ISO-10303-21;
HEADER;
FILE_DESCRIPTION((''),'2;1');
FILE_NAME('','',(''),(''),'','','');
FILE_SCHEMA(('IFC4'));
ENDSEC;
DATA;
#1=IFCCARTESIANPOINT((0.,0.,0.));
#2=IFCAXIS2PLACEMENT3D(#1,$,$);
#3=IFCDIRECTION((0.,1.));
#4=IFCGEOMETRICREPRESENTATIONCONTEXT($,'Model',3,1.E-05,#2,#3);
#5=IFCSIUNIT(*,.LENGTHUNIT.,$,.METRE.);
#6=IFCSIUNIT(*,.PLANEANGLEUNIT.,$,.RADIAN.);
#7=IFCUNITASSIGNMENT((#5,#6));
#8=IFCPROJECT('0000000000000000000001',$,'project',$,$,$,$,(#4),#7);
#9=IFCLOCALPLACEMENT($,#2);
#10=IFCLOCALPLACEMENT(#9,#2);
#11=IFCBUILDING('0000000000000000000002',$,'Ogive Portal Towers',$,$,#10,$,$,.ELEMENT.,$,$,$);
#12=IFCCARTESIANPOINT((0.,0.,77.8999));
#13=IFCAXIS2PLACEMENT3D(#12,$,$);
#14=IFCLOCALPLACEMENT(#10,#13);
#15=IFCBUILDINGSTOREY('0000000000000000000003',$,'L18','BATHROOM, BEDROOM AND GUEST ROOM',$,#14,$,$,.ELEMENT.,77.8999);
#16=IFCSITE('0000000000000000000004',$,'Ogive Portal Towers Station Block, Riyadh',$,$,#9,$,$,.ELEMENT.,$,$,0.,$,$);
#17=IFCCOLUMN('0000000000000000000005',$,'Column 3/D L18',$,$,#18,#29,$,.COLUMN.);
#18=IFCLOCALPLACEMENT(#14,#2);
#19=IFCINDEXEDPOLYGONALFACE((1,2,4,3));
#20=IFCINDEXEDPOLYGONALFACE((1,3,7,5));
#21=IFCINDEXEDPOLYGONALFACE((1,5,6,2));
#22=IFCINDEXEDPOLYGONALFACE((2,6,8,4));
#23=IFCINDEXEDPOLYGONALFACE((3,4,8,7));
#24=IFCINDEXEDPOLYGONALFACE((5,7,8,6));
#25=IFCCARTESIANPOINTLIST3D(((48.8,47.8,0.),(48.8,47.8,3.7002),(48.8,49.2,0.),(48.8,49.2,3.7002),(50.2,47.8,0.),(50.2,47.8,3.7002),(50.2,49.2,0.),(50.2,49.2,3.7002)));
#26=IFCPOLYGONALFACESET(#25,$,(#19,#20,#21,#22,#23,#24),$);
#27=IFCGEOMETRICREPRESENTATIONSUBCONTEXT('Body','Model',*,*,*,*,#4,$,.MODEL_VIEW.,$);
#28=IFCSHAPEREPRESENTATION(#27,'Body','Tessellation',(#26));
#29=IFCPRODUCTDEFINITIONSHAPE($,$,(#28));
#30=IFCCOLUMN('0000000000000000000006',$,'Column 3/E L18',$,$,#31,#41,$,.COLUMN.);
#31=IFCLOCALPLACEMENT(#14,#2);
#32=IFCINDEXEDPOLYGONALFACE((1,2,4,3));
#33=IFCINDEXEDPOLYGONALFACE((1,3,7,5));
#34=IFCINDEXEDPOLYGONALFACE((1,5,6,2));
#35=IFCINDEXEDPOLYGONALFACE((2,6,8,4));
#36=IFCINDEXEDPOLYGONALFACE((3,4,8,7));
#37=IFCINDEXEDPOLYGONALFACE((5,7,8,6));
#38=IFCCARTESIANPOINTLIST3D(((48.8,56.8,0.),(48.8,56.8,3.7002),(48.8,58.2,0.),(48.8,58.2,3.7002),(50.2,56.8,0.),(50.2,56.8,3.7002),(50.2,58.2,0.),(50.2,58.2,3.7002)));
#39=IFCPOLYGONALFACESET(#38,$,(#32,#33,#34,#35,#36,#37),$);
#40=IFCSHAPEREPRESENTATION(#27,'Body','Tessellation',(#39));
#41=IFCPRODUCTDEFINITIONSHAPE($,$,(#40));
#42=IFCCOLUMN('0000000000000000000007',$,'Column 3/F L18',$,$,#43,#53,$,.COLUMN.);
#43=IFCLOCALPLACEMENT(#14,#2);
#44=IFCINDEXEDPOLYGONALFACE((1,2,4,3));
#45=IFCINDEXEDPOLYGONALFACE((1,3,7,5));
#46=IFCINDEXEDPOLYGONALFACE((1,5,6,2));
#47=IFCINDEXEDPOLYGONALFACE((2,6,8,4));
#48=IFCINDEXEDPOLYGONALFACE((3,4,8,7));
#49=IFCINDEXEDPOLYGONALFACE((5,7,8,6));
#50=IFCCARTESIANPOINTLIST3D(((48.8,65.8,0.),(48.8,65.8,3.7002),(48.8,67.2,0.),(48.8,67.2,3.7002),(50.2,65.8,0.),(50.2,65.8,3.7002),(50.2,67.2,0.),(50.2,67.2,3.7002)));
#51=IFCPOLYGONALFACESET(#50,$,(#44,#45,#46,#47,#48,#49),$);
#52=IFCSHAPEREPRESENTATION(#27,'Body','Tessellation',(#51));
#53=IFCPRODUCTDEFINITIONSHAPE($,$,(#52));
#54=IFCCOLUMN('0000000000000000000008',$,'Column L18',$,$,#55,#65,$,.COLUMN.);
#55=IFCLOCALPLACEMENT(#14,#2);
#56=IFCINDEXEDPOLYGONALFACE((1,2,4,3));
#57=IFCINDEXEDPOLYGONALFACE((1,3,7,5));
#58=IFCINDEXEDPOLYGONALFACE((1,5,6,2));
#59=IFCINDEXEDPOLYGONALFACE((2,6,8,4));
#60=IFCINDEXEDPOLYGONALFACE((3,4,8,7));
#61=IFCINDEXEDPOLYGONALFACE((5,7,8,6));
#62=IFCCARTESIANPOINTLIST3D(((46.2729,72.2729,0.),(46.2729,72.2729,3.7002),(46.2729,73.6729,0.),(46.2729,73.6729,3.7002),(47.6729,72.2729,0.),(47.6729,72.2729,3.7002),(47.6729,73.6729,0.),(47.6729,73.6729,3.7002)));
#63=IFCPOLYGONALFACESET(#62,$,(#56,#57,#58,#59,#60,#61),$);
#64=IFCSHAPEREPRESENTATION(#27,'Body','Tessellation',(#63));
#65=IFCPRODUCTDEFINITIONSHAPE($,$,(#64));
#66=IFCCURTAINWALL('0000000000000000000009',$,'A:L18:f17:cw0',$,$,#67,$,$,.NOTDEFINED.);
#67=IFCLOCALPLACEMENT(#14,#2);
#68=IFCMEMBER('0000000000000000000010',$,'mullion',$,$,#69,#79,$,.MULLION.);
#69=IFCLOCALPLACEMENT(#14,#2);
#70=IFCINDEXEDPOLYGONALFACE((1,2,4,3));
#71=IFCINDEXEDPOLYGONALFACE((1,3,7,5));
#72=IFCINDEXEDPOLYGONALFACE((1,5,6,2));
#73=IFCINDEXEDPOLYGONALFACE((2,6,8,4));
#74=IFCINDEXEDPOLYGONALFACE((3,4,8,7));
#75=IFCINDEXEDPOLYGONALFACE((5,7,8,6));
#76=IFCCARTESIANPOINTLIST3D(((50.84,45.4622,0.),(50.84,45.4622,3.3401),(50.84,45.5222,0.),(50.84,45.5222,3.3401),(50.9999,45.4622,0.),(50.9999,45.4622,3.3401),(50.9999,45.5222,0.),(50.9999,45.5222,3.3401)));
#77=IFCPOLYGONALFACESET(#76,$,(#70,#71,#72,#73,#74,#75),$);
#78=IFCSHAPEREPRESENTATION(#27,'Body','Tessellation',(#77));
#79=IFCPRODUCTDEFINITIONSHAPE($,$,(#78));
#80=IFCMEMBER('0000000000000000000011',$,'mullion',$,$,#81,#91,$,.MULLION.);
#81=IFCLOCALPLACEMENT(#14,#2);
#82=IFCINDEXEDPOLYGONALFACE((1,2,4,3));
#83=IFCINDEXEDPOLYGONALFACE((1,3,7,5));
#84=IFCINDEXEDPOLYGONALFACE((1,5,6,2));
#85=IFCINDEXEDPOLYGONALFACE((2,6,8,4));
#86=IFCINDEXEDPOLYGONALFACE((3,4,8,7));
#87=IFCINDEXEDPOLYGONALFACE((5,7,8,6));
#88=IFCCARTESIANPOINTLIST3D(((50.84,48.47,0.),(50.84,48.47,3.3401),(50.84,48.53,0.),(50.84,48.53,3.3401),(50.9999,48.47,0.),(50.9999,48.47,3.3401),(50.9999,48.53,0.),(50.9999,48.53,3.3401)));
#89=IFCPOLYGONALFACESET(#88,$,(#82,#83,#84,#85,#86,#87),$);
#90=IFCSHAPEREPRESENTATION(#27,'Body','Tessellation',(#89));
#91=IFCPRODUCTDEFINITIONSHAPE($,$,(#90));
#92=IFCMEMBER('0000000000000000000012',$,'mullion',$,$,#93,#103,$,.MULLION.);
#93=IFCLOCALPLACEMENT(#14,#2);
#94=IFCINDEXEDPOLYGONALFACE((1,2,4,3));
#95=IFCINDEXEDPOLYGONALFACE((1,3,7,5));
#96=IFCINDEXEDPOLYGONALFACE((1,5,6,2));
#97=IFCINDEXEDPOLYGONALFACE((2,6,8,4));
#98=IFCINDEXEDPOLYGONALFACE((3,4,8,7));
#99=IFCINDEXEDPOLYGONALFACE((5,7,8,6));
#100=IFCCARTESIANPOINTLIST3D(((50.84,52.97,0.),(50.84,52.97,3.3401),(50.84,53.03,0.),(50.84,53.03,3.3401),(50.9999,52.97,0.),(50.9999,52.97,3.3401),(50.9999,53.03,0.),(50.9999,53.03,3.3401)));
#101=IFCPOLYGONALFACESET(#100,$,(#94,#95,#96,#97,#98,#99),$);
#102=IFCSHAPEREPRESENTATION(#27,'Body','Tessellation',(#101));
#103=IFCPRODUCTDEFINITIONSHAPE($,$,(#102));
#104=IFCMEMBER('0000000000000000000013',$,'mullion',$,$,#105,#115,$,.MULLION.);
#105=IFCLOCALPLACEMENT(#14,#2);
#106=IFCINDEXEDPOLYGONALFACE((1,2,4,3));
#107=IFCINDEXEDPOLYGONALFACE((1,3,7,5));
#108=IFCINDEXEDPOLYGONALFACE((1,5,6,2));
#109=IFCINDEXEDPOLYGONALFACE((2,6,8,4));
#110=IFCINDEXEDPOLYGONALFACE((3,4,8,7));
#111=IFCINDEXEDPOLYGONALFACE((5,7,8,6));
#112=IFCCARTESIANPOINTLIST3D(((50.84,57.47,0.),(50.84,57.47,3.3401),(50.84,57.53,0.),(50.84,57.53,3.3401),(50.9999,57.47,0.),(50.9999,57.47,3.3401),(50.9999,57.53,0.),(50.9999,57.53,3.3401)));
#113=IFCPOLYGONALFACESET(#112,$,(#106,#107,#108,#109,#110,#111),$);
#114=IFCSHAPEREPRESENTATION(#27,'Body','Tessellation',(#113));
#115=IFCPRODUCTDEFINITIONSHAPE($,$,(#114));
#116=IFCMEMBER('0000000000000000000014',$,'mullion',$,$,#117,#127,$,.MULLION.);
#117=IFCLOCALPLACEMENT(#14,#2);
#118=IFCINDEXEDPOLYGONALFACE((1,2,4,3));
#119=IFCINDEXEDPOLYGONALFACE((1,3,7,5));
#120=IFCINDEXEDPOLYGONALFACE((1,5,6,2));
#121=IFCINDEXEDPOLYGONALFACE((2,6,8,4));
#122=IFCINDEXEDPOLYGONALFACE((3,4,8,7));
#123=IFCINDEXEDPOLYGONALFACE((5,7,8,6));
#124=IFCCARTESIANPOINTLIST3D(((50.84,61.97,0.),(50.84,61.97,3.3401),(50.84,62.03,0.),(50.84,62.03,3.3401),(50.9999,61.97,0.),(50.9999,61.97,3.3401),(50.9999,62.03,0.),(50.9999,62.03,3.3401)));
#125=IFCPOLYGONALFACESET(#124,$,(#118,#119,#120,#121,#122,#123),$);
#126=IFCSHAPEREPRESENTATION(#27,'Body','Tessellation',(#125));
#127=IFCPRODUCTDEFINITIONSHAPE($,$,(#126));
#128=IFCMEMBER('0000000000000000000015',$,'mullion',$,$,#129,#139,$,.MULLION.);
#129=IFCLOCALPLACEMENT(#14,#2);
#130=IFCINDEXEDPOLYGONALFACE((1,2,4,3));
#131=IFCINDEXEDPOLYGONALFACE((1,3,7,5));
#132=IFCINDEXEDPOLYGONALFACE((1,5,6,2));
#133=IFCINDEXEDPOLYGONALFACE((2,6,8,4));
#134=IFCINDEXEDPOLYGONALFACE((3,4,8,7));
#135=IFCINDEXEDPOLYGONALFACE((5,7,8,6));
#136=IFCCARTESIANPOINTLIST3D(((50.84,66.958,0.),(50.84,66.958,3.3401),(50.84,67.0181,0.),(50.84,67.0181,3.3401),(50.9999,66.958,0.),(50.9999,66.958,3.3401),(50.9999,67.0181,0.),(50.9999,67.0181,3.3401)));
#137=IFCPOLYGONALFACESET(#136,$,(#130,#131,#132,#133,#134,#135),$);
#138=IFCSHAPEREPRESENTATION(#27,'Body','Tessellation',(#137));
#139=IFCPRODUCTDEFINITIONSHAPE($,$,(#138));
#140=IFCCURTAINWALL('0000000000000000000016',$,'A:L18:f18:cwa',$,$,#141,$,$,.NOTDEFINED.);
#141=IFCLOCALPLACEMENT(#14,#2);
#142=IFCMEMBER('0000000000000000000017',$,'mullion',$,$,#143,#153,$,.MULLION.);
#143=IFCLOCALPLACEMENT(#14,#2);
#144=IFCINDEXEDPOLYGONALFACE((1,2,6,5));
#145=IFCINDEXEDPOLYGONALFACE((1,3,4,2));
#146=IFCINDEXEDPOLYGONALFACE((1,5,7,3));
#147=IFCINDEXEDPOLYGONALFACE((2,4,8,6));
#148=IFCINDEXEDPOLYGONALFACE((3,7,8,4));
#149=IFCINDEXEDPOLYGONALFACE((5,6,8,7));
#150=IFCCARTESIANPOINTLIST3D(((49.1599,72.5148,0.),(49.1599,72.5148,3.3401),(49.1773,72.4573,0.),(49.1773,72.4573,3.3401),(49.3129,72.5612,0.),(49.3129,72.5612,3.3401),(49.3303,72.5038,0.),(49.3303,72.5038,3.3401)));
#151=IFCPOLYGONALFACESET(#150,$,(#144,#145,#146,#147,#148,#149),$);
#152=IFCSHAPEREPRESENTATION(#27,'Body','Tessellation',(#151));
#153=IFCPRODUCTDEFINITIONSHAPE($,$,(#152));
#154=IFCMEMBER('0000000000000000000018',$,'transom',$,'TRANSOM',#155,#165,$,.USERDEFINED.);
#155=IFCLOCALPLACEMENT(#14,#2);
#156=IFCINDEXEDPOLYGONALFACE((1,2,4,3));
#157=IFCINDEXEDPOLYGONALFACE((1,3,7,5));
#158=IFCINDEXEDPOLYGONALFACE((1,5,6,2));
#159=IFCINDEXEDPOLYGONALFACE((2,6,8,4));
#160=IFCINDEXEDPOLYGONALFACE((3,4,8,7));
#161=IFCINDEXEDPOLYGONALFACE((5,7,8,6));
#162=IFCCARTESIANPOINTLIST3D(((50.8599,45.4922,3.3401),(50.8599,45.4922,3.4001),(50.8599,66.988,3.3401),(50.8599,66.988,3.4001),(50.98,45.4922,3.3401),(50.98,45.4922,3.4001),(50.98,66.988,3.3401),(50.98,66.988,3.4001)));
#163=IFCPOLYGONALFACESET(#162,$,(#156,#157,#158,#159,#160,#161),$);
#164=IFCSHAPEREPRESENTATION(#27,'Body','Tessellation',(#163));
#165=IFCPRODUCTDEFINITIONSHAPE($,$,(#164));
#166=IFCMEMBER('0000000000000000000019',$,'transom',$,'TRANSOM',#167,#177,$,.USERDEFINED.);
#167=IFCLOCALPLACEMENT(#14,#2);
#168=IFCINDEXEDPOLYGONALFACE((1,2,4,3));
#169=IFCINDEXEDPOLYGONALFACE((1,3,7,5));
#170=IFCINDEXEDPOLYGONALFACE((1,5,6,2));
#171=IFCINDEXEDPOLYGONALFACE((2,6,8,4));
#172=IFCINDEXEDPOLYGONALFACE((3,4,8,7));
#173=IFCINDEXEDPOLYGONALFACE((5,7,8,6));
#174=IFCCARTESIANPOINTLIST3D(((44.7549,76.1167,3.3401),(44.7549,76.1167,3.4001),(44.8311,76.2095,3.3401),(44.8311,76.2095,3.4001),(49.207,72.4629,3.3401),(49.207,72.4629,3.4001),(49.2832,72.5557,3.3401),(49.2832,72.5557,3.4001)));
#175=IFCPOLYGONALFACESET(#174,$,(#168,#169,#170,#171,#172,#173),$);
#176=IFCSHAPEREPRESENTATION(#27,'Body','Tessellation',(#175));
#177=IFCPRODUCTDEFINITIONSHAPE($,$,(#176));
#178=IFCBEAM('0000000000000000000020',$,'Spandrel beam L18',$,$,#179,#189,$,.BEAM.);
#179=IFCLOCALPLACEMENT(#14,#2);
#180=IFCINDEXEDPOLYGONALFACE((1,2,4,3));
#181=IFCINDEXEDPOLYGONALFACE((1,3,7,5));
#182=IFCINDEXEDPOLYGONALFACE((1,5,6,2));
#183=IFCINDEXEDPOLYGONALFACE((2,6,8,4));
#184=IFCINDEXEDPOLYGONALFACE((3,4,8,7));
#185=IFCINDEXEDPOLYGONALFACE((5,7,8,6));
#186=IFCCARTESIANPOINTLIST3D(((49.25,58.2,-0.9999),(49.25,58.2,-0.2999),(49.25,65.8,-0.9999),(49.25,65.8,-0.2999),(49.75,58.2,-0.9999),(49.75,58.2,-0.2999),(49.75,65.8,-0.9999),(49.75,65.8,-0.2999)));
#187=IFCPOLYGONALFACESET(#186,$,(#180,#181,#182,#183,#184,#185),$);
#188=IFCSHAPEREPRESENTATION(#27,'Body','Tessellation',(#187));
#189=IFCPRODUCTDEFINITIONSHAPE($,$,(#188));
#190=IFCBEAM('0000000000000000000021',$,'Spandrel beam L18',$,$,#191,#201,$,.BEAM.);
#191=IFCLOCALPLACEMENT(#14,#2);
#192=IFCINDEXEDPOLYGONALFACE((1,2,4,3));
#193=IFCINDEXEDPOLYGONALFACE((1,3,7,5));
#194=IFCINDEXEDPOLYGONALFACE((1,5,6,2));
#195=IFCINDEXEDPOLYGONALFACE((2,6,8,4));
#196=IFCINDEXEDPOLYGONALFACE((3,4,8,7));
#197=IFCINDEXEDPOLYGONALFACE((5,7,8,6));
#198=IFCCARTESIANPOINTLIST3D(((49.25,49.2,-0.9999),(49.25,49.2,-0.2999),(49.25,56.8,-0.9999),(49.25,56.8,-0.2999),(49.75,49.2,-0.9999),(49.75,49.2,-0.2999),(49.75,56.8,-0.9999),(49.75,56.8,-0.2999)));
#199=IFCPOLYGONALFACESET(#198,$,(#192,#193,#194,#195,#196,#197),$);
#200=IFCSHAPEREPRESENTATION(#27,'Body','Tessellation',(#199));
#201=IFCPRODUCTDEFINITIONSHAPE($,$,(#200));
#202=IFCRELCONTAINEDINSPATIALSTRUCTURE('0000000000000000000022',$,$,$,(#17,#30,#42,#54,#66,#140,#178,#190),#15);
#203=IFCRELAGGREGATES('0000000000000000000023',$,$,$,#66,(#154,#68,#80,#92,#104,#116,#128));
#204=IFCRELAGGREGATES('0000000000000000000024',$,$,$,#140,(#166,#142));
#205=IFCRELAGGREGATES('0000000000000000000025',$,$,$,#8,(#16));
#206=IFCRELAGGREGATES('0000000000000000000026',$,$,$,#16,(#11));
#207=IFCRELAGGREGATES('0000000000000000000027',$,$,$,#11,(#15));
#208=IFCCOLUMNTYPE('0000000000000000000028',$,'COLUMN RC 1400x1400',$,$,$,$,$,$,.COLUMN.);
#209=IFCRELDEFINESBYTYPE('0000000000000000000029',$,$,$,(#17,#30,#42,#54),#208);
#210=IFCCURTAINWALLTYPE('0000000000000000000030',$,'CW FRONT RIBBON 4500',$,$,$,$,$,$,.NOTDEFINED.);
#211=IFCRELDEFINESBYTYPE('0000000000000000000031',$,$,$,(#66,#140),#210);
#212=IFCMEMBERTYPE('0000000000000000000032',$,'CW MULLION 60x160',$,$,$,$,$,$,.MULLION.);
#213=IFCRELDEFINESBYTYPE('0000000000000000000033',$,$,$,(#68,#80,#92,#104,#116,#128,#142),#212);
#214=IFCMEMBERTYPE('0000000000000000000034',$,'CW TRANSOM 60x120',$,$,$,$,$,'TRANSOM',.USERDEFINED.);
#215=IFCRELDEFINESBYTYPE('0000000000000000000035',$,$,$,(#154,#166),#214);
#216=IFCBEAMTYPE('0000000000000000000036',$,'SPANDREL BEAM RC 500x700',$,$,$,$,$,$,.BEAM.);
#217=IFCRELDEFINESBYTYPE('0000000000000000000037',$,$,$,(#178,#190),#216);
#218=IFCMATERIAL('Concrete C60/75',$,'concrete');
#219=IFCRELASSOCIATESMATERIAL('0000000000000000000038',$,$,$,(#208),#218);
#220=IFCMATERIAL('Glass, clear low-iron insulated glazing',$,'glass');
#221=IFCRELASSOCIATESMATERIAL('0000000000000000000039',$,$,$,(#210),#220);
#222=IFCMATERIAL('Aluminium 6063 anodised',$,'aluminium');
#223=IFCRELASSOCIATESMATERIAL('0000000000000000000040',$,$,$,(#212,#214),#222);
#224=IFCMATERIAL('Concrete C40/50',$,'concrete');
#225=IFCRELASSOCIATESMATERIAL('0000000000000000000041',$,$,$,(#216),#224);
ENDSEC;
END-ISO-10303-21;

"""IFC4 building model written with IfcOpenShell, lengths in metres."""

from ifc_helpers import new_model, si_unit, direction, frame, origin, origin_2d, place, context, subcontext, project, spatial, rectangle, extrude, material, material_profile, profile_set, type_object, element, aggregate, save


model = new_model("IFC4")

# Units and contexts
model_context = context("Model", 3, precision=1e-05, world=origin(), true_north=direction((0.0, 1.0)))
body_context = subcontext(model_context, "Body", "Model", "MODEL_VIEW")
ifc_project = project(units=[si_unit("LENGTHUNIT", "METRE"), si_unit("PLANEANGLEUNIT", "RADIAN")], contexts=[model_context])

# Site, building, storey
site_placement = place(None, origin())
site = spatial("IfcSite", under=ifc_project, at=site_placement, Name="Ogive Portal Towers Station Block, Riyadh", CompositionType="ELEMENT", RefElevation=0.0)
building_placement = place(site_placement, origin())
building = spatial("IfcBuilding", under=site, at=building_placement, Name="Ogive Portal Towers", CompositionType="ELEMENT")
storey_placement = place(building_placement, frame((0.0, 0.0, 77.8999)))
storey = spatial("IfcBuildingStorey", under=building, at=storey_placement, Name="L18", Description="BATHROOM, BEDROOM AND GUEST ROOM", CompositionType="ELEMENT", Elevation=77.8999)

# Columns
ifc_material_1 = material(Name="Concrete C60/75", Category="concrete")
ifc_material_profile_1 = material_profile(ifc_material_1, rectangle(XDim=1.3999, YDim=1.3999, at=origin_2d()), Name="RC 1400x1400")
ifc_profile_set_1 = profile_set([ifc_material_profile_1], Name="Concrete C60/75")
column_type = type_object("IfcColumnType", Name="COLUMN RC 1400x1400", PredefinedType="COLUMN", material=ifc_profile_set_1)
for number, where, z_axis, x_axis, name in (
    (1, (49.5, 48.5, 0.0), (0.0, 0.0, 1.0), (1.0, 0.0, 0.0), "Column 3/D L18"),
    (2, (49.5, 57.5, 0.0), (0.0, 0.0, 1.0), (1.0, 0.0, 0.0), "Column 3/E L18"),
    (3, (49.5, 66.5, 0.0), (0.0, 0.0, 1.0), (1.0, 0.0, 0.0), "Column 3/F L18"),
    (4, (46.9729, 72.9729, 0.0), (0.0, 0.0, 1.0), (1.0, 0.0, 0.0), "Column L18"),
):
    element("IfcColumn", number, at=place(storey_placement, frame(where, z_axis=z_axis, x_axis=x_axis)), inside=storey, type_object=column_type, Name=name, PredefinedType="COLUMN", context=body_context, shape_type="SweptSolid", body=[
        extrude(rectangle(XDim=1.3999, YDim=1.3999, at=origin_2d()), origin(), (0.0, 0.0, 1.0), 3.7002),
    ])

# Curtain wall, members
ifc_material_2 = material(Name="Glass, clear low-iron insulated glazing", Category="glass")
curtain_wall_type = type_object("IfcCurtainWallType", Name="CW FRONT RIBBON 4500", PredefinedType="NOTDEFINED", material=ifc_material_2)
curtain_wall_1_placement = place(storey_placement, origin())
curtain_wall_1 = element("IfcCurtainWall", 5, at=curtain_wall_1_placement, inside=storey, type_object=curtain_wall_type, Name="A:L18:f17:cw0", PredefinedType="NOTDEFINED")
ifc_material_3 = material(Name="Aluminium 6063 anodised", Category="aluminium")
ifc_material_profile_2 = material_profile(ifc_material_3, rectangle(XDim=0.1599, YDim=0.0601, at=origin_2d()), Name="AL 60x160")
ifc_profile_set_2 = profile_set([ifc_material_profile_2], Name="Aluminium 6063 anodised")
member_type_1 = type_object("IfcMemberType", Name="CW MULLION 60x160", PredefinedType="MULLION", material=ifc_profile_set_2)
member_1_placement = place(storey_placement, frame((50.9199, 45.4922, 0.0), z_axis=(0.0, 0.0, 1.0), x_axis=(-1.0, 0.0, 0.0)))
member_1 = element("IfcMember", 6, at=member_1_placement, type_object=member_type_1, Name="mullion", PredefinedType="MULLION", context=body_context, shape_type="SweptSolid", body=[
    extrude(rectangle(XDim=0.1599, YDim=0.0601, at=origin_2d()), origin(), (0.0, 0.0, 1.0), 3.3401),
])
member_2_placement = place(storey_placement, frame((50.9199, 48.5, 0.0), z_axis=(0.0, 0.0, 1.0), x_axis=(-1.0, 0.0, 0.0)))
member_2 = element("IfcMember", 7, at=member_2_placement, type_object=member_type_1, Name="mullion", PredefinedType="MULLION", context=body_context, shape_type="SweptSolid", body=[
    extrude(rectangle(XDim=0.1599, YDim=0.0601, at=origin_2d()), origin(), (0.0, 0.0, 1.0), 3.3401),
])
member_3_placement = place(storey_placement, frame((50.9199, 53.0, 0.0), z_axis=(0.0, 0.0, 1.0), x_axis=(-1.0, 0.0, 0.0)))
member_3 = element("IfcMember", 8, at=member_3_placement, type_object=member_type_1, Name="mullion", PredefinedType="MULLION", context=body_context, shape_type="SweptSolid", body=[
    extrude(rectangle(XDim=0.1599, YDim=0.0601, at=origin_2d()), origin(), (0.0, 0.0, 1.0), 3.3401),
])
member_4_placement = place(storey_placement, frame((50.9199, 57.5, 0.0), z_axis=(0.0, 0.0, 1.0), x_axis=(-1.0, 0.0, 0.0)))
member_4 = element("IfcMember", 9, at=member_4_placement, type_object=member_type_1, Name="mullion", PredefinedType="MULLION", context=body_context, shape_type="SweptSolid", body=[
    extrude(rectangle(XDim=0.1599, YDim=0.0601, at=origin_2d()), origin(), (0.0, 0.0, 1.0), 3.3401),
])
member_5_placement = place(storey_placement, frame((50.9199, 62.0, 0.0), z_axis=(0.0, 0.0, 1.0), x_axis=(-1.0, 0.0, 0.0)))
member_5 = element("IfcMember", 10, at=member_5_placement, type_object=member_type_1, Name="mullion", PredefinedType="MULLION", context=body_context, shape_type="SweptSolid", body=[
    extrude(rectangle(XDim=0.1599, YDim=0.0601, at=origin_2d()), origin(), (0.0, 0.0, 1.0), 3.3401),
])
member_6_placement = place(storey_placement, frame((50.9199, 66.988, 0.0), z_axis=(0.0, 0.0, 1.0), x_axis=(-1.0, 0.0, 0.0)))
member_6 = element("IfcMember", 11, at=member_6_placement, type_object=member_type_1, Name="mullion", PredefinedType="MULLION", context=body_context, shape_type="SweptSolid", body=[
    extrude(rectangle(XDim=0.1599, YDim=0.0601, at=origin_2d()), origin(), (0.0, 0.0, 1.0), 3.3401),
])

# Curtain wall, member
curtain_wall_2_placement = place(storey_placement, origin())
curtain_wall_2 = element("IfcCurtainWall", 12, at=curtain_wall_2_placement, inside=storey, type_object=curtain_wall_type, Name="A:L18:f18:cwa", PredefinedType="NOTDEFINED")
member_7_placement = place(storey_placement, frame((49.2451, 72.5093, 0.0), z_axis=(0.0, 0.0, 1.0), x_axis=(-0.95694, -0.290285, 0.0)))
member_7 = element("IfcMember", 13, at=member_7_placement, type_object=member_type_1, Name="mullion", PredefinedType="MULLION", context=body_context, shape_type="SweptSolid", body=[
    extrude(rectangle(XDim=0.1599, YDim=0.0601, at=origin_2d()), origin(), (0.0, 0.0, 1.0), 3.3401),
])

# Members
ifc_material_profile_3 = material_profile(ifc_material_3, rectangle(XDim=0.1201, YDim=0.0601, at=origin_2d()), Name="AL 120x60")
ifc_profile_set_3 = profile_set([ifc_material_profile_3], Name="Aluminium 6063 anodised")
member_type_2 = type_object("IfcMemberType", Name="CW TRANSOM 60x120", ElementType="TRANSOM", PredefinedType="USERDEFINED", material=ifc_profile_set_3)
member_8_placement = place(storey_placement, frame((50.9199, 45.4922, 3.3701), z_axis=(0.0, 1.0, 0.0), x_axis=(-1.0, 0.0, 0.0)))
member_8 = element("IfcMember", 14, at=member_8_placement, type_object=member_type_2, Name="transom", ObjectType="TRANSOM", PredefinedType="USERDEFINED", context=body_context, shape_type="SweptSolid", body=[
    extrude(rectangle(XDim=0.1201, YDim=0.0601, at=origin_2d()), origin(), (0.0, 0.0, 1.0), 21.4958),
])
member_9_placement = place(storey_placement, frame((49.2451, 72.5093, 3.3701), z_axis=(-0.773008, 0.634396, 0.0), x_axis=(-0.634396, -0.773008, 0.0)))
member_9 = element("IfcMember", 15, at=member_9_placement, type_object=member_type_2, Name="transom", ObjectType="TRANSOM", PredefinedType="USERDEFINED", context=body_context, shape_type="SweptSolid", body=[
    extrude(rectangle(XDim=0.1201, YDim=0.0601, at=origin_2d()), origin(), (0.0, 0.0, 1.0), 5.7595),
])

# Beams
ifc_material_4 = material(Name="Concrete C40/50", Category="concrete")
ifc_material_profile_4 = material_profile(ifc_material_4, rectangle(XDim=0.5, YDim=0.7, at=origin_2d()), Name="RC 500x700")
ifc_profile_set_4 = profile_set([ifc_material_profile_4], Name="Concrete C40/50")
beam_type = type_object("IfcBeamType", Name="SPANDREL BEAM RC 500x700", PredefinedType="BEAM", material=ifc_profile_set_4)
for number, where, z_axis, x_axis, name in (
    (16, (49.5, 65.8, -0.6499), (0.0, -1.0, 0.0), (1.0, 0.0, 0.0), "Spandrel beam L18"),
    (17, (49.5, 56.8, -0.6499), (0.0, -1.0, 0.0), (1.0, 0.0, 0.0), "Spandrel beam L18"),
):
    element("IfcBeam", number, at=place(storey_placement, frame(where, z_axis=z_axis, x_axis=x_axis)), inside=storey, type_object=beam_type, Name=name, PredefinedType="BEAM", context=body_context, shape_type="SweptSolid", body=[
        extrude(rectangle(XDim=0.5, YDim=0.7, at=origin_2d()), origin(), (0.0, 0.0, 1.0), 7.6001),
    ])

aggregate(curtain_wall_1, [member_8, member_1, member_2, member_3, member_4, member_5, member_6])
aggregate(curtain_wall_2, [member_9, member_7])

save(model, "model.ifc")
